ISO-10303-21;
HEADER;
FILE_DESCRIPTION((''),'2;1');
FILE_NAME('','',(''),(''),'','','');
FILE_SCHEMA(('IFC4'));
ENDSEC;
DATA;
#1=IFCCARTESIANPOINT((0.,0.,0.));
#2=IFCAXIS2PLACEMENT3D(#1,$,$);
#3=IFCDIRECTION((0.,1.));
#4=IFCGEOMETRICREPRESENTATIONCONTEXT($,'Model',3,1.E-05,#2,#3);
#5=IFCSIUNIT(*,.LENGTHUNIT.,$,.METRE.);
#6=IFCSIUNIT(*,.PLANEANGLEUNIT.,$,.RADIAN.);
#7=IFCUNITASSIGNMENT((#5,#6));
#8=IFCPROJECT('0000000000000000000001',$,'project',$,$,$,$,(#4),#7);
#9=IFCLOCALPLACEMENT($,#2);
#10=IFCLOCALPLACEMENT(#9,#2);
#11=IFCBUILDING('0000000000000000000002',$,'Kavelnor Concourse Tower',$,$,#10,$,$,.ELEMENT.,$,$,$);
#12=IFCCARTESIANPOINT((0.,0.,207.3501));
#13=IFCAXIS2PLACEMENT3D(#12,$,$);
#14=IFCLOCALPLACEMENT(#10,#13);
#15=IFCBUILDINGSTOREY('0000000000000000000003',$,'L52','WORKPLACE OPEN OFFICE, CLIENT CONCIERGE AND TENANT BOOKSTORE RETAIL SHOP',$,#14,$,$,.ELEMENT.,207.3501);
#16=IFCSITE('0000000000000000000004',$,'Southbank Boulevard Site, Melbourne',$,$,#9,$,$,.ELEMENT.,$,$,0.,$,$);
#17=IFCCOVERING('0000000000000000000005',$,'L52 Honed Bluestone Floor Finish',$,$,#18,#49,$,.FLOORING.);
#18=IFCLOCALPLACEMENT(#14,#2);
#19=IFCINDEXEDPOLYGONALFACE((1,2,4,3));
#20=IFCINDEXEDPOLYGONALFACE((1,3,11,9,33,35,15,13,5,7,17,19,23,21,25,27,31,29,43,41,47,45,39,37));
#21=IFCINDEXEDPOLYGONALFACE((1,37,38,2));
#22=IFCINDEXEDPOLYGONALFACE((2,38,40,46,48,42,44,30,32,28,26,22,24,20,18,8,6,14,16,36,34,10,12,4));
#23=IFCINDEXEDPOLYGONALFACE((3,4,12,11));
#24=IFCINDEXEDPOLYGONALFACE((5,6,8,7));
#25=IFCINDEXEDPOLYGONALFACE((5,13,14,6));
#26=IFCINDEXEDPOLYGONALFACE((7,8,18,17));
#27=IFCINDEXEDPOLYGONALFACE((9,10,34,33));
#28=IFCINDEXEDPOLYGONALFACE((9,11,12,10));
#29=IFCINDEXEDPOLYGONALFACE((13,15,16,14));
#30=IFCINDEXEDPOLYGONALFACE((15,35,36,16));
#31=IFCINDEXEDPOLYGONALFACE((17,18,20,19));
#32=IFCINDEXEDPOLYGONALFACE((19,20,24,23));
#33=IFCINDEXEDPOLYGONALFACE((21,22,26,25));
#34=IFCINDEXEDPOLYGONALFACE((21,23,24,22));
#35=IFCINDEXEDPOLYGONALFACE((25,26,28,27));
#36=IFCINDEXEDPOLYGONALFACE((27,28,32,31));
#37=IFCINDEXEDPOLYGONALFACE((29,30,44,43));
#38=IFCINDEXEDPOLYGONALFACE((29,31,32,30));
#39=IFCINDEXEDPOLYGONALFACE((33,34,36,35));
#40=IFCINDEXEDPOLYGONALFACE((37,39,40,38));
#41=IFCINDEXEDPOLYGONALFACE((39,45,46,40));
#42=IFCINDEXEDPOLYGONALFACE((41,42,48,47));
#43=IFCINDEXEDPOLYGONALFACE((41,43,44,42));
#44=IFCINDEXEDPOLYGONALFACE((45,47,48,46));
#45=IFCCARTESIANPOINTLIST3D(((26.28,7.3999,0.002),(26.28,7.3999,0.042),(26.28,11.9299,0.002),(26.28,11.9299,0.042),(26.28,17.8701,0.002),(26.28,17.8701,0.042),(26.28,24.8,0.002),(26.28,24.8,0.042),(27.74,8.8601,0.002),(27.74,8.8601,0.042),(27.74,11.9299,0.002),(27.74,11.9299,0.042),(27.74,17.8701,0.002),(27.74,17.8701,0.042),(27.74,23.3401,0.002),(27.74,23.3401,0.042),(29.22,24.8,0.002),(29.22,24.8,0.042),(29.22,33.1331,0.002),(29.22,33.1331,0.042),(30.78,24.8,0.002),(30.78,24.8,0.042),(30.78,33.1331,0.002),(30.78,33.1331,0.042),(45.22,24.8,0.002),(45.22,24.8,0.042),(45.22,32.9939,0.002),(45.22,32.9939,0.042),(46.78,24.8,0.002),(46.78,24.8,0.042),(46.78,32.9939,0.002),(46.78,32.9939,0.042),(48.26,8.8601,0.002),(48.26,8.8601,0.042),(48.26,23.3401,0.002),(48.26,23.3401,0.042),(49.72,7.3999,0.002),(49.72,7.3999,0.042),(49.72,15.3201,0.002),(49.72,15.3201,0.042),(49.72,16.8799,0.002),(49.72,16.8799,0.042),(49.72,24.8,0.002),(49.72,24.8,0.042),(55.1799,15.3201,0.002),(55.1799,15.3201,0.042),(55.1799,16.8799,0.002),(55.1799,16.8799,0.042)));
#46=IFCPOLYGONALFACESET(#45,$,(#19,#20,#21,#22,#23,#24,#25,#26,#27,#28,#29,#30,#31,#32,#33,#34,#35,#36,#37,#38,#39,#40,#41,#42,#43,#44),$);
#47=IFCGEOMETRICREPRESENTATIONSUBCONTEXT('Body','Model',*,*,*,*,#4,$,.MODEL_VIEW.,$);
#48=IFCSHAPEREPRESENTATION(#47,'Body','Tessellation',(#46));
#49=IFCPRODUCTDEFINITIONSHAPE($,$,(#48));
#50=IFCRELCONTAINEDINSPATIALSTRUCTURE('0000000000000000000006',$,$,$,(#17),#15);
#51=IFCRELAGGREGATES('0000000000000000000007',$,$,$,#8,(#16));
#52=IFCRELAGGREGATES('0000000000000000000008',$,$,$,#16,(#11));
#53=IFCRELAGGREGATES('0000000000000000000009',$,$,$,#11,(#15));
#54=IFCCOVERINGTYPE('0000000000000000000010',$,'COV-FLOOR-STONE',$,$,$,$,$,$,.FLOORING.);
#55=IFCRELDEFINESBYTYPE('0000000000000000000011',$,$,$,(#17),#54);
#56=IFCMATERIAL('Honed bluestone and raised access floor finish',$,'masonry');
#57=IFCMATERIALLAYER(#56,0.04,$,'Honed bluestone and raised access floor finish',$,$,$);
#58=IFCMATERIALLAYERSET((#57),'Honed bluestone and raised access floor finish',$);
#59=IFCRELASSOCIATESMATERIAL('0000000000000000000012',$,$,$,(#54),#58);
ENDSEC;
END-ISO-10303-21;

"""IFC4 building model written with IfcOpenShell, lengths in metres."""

from ifc_helpers import new_model, si_unit, direction, frame, origin, place, context, subcontext, project, spatial, polyline, outline, extrude, material, layer, layer_set, type_object, element, save


model = new_model("IFC4")

# Units and contexts
model_context = context("Model", 3, precision=1e-05, world=origin(), true_north=direction((0.0, 1.0)))
body_context = subcontext(model_context, "Body", "Model", "MODEL_VIEW")
ifc_project = project(units=[si_unit("LENGTHUNIT", "METRE"), si_unit("PLANEANGLEUNIT", "RADIAN")], contexts=[model_context])

# Site, building, storey
site_placement = place(None, origin())
site = spatial("IfcSite", under=ifc_project, at=site_placement, Name="Southbank Boulevard Site, Melbourne", CompositionType="ELEMENT", RefElevation=0.0)
building_placement = place(site_placement, origin())
building = spatial("IfcBuilding", under=site, at=building_placement, Name="Kavelnor Concourse Tower", CompositionType="ELEMENT")
storey_placement = place(building_placement, frame((0.0, 0.0, 207.3501)))
storey = spatial("IfcBuildingStorey", under=building, at=storey_placement, Name="L52", Description="WORKPLACE OPEN OFFICE, CLIENT CONCIERGE AND TENANT BOOKSTORE RETAIL SHOP", CompositionType="ELEMENT", Elevation=207.3501)

# Covering
ifc_material_1 = material(Name="Honed bluestone and raised access floor finish", Category="masonry")
ifc_layer_1 = layer(ifc_material_1, 0.04, Name="Honed bluestone and raised access floor finish")
ifc_layer_set_1 = layer_set([ifc_layer_1], Name="Honed bluestone and raised access floor finish")
covering_type_1 = type_object("IfcCoveringType", Name="COV-FLOOR-STONE", PredefinedType="FLOORING", material=ifc_layer_set_1)
covering_1_placement = place(storey_placement, frame((0.0, 0.0, 0.002)))
element("IfcCovering", 1, at=covering_1_placement, inside=storey, type_object=covering_type_1, Name="L52 Honed Bluestone Floor Finish", PredefinedType="FLOORING", context=body_context, shape_type="SweptSolid", body=[
    extrude(outline(polyline([(29.22, 24.8), (29.22, 33.1331), (30.78, 33.1331), (30.78, 24.8), (45.22, 24.8), (45.22, 32.9939), (46.78, 32.9939), (46.78, 24.8), (49.72, 24.8), (49.72, 16.8799), (55.1799, 16.8799), (55.1799, 15.3201), (49.72, 15.3201), (49.72, 7.3999), (26.28, 7.3999), (26.28, 11.9299), (27.74, 11.9299), (27.74, 8.8601), (48.26, 8.8601), (48.26, 23.3401), (27.74, 23.3401), (27.74, 17.8701), (26.28, 17.8701), (26.28, 24.8), (29.22, 24.8)])), origin(), (0.0, 0.0, 1.0), 0.04),
])

save(model, "model.ifc")
